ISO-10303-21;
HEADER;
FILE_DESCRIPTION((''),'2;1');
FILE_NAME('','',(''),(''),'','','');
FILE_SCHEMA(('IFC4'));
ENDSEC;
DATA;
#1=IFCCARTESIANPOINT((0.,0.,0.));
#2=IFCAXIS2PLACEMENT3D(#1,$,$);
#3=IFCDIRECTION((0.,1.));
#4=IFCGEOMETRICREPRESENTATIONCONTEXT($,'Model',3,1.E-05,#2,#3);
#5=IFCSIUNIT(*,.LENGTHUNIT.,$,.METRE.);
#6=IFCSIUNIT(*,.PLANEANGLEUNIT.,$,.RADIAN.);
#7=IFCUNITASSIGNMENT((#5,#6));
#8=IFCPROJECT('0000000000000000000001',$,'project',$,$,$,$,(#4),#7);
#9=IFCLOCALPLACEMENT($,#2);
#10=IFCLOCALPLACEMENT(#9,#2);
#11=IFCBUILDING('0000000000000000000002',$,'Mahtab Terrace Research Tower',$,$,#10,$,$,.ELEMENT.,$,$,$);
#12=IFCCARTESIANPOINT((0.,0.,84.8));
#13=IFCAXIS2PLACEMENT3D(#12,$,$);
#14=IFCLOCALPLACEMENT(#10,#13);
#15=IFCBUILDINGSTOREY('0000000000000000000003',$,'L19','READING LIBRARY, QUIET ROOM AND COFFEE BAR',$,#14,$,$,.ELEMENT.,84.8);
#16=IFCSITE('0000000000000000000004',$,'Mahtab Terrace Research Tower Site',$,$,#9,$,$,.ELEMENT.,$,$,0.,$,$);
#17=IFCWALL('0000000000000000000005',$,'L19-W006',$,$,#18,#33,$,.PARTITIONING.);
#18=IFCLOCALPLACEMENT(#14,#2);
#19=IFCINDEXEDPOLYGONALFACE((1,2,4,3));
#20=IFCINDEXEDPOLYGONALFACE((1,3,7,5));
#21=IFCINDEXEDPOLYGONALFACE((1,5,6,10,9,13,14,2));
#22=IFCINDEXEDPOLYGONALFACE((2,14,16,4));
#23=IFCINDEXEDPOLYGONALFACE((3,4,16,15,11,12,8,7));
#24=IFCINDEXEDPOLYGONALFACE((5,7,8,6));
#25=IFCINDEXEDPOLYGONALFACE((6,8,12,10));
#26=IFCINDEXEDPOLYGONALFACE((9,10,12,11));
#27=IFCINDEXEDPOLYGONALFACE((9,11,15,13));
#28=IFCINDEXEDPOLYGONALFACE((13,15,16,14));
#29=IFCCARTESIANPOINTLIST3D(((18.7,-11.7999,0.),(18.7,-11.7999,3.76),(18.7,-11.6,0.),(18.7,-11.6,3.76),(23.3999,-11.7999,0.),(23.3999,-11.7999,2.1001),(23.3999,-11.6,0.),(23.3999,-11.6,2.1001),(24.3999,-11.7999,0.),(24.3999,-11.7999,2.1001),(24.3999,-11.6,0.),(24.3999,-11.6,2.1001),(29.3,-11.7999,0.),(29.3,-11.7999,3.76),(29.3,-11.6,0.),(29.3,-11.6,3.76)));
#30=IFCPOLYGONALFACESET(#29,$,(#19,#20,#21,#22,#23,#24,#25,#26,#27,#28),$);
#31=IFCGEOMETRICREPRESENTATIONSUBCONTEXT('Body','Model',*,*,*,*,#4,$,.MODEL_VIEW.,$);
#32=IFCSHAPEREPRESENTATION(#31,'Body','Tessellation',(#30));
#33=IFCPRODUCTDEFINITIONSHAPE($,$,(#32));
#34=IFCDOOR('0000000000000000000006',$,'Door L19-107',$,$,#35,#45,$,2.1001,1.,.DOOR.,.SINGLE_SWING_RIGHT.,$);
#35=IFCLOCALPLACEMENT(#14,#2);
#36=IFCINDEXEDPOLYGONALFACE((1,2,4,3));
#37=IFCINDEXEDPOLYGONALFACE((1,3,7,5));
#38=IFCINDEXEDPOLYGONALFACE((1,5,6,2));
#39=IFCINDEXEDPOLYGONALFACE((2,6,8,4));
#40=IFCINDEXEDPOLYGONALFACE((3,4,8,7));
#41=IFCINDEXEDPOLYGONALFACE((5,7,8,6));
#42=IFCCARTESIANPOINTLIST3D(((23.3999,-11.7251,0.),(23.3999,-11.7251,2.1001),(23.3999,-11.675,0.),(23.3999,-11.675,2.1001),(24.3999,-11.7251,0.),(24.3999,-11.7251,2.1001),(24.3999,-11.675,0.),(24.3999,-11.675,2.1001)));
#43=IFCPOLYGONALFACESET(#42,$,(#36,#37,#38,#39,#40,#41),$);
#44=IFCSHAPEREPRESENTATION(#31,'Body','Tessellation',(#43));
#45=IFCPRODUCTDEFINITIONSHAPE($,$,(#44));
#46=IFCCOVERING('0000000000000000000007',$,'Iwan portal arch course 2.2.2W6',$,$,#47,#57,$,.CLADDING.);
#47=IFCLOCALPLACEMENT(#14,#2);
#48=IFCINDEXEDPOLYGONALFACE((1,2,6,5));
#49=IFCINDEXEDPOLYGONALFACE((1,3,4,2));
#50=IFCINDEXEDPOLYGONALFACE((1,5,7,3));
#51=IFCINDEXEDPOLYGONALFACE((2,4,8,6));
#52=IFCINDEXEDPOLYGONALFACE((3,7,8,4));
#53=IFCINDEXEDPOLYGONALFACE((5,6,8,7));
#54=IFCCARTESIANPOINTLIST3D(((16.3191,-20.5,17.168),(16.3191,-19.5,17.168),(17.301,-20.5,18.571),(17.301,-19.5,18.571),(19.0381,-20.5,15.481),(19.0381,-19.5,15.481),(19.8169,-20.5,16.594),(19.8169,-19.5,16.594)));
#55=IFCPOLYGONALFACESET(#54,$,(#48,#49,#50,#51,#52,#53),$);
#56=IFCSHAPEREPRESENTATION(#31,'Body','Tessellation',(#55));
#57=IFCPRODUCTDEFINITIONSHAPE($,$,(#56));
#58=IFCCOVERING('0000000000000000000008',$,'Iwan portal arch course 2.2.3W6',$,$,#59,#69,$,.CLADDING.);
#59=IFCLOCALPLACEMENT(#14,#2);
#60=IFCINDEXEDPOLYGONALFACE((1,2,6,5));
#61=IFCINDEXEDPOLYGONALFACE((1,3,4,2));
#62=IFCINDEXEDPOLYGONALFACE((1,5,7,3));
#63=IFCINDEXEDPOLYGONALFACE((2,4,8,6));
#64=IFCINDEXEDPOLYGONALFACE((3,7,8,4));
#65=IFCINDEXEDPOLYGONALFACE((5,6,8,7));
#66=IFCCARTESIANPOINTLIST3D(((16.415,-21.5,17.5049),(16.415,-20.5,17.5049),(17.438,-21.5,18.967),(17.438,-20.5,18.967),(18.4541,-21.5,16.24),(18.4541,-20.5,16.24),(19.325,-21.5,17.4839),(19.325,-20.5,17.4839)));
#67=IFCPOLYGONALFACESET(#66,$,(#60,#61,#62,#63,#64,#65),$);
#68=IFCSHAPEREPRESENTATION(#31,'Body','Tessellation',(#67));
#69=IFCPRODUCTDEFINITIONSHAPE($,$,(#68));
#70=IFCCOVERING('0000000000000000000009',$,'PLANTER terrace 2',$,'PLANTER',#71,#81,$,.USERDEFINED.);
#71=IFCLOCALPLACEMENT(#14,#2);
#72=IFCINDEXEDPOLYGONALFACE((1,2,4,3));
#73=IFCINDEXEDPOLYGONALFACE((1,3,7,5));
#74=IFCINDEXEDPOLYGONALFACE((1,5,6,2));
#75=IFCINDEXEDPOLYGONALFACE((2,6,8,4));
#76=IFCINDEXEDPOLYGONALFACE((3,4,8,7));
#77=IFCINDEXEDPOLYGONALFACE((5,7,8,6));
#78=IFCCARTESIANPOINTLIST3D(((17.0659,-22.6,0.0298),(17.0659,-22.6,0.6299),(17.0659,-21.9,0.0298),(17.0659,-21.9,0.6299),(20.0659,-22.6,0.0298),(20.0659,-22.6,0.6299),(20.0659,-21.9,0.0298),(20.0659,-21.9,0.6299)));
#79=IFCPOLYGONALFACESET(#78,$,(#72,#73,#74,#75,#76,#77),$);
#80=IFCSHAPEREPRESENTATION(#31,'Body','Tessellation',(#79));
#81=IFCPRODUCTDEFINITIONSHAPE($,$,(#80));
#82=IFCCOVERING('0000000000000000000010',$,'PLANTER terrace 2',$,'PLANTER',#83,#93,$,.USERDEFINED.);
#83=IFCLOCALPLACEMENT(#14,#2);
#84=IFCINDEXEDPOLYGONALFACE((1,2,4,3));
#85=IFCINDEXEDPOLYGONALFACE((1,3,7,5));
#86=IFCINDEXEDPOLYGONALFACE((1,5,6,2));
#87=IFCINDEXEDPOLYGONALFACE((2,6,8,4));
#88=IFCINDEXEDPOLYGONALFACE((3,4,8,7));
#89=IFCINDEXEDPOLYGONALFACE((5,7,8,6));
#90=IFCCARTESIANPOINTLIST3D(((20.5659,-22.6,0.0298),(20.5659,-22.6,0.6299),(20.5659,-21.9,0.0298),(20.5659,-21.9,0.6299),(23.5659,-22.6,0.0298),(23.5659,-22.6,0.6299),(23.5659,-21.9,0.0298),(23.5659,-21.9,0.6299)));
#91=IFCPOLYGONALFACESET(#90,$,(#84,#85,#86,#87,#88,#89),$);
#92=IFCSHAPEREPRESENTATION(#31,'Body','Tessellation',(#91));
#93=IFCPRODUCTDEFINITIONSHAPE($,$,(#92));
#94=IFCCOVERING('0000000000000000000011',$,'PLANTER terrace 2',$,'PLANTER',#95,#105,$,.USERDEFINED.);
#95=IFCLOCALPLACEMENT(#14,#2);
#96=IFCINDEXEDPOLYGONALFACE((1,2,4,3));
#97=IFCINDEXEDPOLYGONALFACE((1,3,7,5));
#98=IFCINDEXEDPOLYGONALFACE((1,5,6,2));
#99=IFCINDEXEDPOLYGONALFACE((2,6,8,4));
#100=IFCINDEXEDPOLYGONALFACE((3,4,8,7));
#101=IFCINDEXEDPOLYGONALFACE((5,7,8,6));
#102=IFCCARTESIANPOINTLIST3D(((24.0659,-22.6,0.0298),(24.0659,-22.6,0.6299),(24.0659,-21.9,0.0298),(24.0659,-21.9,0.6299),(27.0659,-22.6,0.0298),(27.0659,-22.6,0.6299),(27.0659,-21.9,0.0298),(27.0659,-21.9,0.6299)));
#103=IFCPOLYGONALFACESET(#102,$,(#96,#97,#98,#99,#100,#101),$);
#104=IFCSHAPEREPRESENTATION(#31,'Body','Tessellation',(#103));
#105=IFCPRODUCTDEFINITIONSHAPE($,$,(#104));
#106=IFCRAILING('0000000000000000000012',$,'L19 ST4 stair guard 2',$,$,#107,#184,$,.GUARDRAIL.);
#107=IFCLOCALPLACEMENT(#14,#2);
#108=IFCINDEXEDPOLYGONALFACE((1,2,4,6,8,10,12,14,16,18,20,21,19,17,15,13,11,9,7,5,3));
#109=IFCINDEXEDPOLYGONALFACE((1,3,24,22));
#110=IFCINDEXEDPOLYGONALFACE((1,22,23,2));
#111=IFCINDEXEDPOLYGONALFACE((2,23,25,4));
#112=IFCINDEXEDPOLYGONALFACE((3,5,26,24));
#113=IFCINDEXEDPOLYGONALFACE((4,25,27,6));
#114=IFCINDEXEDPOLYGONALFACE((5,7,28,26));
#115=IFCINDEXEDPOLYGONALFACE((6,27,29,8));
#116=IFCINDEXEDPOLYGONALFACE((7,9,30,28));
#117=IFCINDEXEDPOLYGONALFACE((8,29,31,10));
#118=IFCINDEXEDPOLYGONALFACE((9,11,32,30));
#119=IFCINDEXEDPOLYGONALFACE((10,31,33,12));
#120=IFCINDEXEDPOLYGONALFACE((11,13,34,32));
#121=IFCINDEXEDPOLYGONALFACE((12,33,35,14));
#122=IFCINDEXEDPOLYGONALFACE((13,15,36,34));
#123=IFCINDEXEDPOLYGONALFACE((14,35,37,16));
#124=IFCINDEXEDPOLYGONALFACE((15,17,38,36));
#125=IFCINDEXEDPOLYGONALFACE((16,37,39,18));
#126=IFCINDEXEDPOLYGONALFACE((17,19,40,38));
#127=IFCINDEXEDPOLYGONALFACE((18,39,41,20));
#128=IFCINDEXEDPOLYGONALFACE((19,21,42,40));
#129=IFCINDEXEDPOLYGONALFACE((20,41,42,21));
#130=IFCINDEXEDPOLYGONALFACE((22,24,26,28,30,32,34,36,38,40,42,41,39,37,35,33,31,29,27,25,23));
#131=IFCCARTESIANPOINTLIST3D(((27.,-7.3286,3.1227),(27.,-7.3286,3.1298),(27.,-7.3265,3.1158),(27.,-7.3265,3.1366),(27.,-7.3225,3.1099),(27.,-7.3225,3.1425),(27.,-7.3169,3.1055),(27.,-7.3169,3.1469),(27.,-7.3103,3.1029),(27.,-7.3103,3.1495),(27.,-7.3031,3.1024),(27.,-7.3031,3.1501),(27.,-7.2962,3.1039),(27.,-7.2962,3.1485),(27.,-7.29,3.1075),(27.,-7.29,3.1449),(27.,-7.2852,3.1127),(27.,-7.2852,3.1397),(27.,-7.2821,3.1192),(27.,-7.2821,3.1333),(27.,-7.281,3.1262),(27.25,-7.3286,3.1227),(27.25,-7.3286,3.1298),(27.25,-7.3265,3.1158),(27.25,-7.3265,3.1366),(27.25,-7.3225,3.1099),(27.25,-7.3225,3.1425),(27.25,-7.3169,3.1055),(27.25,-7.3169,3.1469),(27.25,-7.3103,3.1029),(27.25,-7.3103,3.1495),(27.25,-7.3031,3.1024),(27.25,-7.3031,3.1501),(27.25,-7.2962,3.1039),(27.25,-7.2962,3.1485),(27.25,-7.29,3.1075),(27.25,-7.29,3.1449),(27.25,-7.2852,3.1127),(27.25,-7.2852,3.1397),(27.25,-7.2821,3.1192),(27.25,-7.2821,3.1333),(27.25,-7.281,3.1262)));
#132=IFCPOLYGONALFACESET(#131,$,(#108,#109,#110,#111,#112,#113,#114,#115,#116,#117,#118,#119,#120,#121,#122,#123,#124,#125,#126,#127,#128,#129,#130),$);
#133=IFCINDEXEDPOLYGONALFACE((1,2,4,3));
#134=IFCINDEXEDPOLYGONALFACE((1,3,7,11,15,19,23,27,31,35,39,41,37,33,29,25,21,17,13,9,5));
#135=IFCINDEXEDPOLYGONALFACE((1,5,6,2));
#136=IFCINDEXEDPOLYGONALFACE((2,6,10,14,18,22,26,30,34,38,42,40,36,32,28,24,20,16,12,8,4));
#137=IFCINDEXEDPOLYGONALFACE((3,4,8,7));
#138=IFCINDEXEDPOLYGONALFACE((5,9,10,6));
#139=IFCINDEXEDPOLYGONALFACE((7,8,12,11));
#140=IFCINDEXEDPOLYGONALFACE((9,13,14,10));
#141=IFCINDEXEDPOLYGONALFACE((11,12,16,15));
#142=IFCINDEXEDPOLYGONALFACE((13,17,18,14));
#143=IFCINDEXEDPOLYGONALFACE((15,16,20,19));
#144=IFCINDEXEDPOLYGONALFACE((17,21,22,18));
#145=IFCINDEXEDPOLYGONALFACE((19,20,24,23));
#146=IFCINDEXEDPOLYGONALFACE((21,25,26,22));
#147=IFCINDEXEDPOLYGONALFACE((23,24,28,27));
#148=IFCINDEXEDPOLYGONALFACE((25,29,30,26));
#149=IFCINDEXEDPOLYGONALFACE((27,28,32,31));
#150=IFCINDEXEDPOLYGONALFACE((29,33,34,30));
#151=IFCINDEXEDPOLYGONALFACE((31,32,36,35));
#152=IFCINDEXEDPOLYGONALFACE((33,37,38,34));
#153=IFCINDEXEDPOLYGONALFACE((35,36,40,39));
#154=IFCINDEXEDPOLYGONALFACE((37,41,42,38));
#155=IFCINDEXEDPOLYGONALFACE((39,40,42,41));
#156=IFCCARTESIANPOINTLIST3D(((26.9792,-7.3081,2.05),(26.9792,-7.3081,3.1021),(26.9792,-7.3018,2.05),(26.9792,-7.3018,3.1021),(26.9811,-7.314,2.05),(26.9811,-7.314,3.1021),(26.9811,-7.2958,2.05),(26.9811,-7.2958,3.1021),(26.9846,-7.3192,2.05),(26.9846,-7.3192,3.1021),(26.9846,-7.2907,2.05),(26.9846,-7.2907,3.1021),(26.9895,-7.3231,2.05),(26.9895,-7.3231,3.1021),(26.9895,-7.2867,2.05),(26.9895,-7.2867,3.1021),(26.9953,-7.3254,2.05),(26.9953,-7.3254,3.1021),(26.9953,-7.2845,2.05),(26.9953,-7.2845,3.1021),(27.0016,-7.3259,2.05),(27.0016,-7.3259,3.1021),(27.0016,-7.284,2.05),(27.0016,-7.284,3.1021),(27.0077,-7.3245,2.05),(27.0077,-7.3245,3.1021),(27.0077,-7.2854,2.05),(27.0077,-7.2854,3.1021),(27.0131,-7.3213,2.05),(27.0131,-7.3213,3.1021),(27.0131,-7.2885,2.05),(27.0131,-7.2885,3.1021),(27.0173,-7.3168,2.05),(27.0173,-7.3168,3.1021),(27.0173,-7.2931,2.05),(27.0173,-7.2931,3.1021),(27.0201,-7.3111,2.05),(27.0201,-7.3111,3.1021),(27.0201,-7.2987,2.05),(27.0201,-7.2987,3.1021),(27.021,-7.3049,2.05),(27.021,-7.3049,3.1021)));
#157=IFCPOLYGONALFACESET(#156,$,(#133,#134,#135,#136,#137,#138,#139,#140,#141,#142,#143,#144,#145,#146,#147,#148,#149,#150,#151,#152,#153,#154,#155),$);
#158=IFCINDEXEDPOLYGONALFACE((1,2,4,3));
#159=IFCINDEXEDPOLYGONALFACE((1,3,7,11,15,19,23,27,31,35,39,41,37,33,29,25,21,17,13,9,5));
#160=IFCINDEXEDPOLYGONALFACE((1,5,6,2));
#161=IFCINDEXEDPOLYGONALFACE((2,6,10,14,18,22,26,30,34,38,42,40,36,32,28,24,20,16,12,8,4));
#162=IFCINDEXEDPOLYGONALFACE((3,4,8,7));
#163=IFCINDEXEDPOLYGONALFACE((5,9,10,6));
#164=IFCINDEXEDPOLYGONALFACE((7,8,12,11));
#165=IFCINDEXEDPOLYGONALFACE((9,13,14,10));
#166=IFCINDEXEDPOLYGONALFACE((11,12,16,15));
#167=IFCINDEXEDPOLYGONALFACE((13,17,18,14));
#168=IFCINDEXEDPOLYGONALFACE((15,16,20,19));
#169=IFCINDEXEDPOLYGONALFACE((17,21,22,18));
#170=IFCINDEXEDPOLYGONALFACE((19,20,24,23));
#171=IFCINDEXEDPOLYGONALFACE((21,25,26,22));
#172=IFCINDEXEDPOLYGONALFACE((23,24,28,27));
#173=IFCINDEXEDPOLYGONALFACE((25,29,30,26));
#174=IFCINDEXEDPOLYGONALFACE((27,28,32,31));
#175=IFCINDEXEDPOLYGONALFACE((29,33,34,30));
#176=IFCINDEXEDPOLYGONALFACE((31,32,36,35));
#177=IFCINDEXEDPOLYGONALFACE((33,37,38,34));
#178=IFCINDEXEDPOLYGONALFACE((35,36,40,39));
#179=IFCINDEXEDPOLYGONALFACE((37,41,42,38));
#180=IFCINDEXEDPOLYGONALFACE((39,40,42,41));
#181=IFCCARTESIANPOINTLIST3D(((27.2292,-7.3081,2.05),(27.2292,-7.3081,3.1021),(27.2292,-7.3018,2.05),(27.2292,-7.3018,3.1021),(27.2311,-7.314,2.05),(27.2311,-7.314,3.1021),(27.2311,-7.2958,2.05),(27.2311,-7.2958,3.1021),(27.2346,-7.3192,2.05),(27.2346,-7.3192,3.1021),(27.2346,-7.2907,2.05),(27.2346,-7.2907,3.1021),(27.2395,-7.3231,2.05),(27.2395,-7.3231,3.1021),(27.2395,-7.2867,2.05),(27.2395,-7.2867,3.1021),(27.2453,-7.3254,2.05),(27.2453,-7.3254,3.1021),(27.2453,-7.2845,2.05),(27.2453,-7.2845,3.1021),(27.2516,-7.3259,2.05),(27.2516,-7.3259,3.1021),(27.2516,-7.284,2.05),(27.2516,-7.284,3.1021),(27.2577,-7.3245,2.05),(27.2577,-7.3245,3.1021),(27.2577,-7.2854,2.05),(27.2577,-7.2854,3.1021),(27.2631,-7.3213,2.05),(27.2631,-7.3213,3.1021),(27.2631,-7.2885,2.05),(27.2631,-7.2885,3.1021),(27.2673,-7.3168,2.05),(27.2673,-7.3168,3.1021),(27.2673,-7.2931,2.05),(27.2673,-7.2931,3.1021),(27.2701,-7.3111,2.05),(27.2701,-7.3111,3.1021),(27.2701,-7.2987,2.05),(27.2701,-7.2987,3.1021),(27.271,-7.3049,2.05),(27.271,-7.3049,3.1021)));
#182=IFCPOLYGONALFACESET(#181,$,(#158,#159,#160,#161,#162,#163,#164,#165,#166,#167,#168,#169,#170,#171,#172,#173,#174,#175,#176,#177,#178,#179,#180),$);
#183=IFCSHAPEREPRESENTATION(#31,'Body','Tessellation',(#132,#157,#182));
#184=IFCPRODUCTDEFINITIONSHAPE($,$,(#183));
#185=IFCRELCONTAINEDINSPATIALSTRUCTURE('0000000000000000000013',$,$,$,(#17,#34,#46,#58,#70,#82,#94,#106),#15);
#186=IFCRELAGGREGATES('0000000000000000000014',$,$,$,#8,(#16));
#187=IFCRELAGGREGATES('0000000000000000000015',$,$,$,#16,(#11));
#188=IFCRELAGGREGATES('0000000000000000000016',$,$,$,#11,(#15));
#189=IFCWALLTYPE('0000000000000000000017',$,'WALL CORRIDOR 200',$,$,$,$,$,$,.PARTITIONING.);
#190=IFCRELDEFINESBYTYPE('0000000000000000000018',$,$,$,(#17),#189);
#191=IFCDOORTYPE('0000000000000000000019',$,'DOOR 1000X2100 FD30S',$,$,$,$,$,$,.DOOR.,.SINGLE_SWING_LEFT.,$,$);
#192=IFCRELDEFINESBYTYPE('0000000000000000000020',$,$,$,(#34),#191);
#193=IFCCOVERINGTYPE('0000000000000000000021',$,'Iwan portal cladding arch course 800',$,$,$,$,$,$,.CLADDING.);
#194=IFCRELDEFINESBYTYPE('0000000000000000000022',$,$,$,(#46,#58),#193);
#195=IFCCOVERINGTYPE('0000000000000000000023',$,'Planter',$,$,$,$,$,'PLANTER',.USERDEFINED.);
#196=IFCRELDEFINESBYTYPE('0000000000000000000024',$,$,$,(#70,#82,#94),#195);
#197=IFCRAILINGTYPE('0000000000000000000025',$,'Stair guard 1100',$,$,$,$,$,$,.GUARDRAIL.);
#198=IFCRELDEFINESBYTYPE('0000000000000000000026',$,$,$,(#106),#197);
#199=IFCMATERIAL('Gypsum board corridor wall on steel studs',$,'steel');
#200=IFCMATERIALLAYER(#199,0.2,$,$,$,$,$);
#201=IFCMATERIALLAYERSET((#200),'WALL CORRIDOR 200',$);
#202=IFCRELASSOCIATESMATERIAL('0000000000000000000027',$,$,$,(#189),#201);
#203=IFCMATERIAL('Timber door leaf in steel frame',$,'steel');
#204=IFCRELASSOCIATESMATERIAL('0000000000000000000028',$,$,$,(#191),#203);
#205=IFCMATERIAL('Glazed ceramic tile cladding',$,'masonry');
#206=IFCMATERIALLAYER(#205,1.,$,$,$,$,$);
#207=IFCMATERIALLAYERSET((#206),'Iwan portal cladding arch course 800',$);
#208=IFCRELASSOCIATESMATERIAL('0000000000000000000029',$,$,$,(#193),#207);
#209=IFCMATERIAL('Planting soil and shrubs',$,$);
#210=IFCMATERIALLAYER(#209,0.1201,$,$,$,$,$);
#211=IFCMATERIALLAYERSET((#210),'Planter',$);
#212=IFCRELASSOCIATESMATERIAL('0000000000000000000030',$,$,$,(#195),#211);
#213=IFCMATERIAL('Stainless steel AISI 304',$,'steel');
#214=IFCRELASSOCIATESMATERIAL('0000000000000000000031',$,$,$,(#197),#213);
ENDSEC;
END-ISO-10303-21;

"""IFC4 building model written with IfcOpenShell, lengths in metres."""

from ifc_helpers import new_model, si_unit, direction, frame, frame_2d, origin, origin_2d, place, context, subcontext, project, spatial, polyline, rectangle, circle, outline, extrude, material, layer, layer_set, type_object, element, fill, save


model = new_model("IFC4")

# Units and contexts
model_context = context("Model", 3, precision=1e-05, world=origin(), true_north=direction((0.0, 1.0)))
body_context = subcontext(model_context, "Body", "Model", "MODEL_VIEW")
ifc_project = project(units=[si_unit("LENGTHUNIT", "METRE"), si_unit("PLANEANGLEUNIT", "RADIAN")], contexts=[model_context])

# Site, building, storey
site_placement = place(None, origin())
site = spatial("IfcSite", under=ifc_project, at=site_placement, Name="Mahtab Terrace Research Tower Site", CompositionType="ELEMENT", RefElevation=0.0)
building_placement = place(site_placement, origin())
building = spatial("IfcBuilding", under=site, at=building_placement, Name="Mahtab Terrace Research Tower", CompositionType="ELEMENT")
storey_placement = place(building_placement, frame((0.0, 0.0, 84.8)))
storey = spatial("IfcBuildingStorey", under=building, at=storey_placement, Name="L19", Description="READING LIBRARY, QUIET ROOM AND COFFEE BAR", CompositionType="ELEMENT", Elevation=84.8)

# Shared definitions
ifc_material_1 = material(Name="Stainless steel AISI 304", Category="steel")

# Wall, opening, door
ifc_material_2 = material(Name="Gypsum board corridor wall on steel studs", Category="steel")
ifc_layer_1 = layer(ifc_material_2, 0.2)
ifc_layer_set_1 = layer_set([ifc_layer_1], Name="WALL CORRIDOR 200")
wall_type_1 = type_object("IfcWallType", Name="WALL CORRIDOR 200", PredefinedType="PARTITIONING", material=ifc_layer_set_1)
wall_1_placement = place(storey_placement, frame((18.7, -11.7, 0.0), z_axis=(0.0, 0.0, 1.0), x_axis=(1.0, 0.0, 0.0)))
wall_1 = element("IfcWall", 1, at=wall_1_placement, inside=storey, type_object=wall_type_1, Name="L19-W006", PredefinedType="PARTITIONING", context=body_context, shape_type="SweptSolid", body=[
    extrude(rectangle(XDim=10.6001, YDim=0.2, at=frame_2d((5.3, 0.0))), origin(), (0.0, 0.0, 1.0), 3.76),
])
opening_1_placement = place(wall_1_placement, frame((4.7, 0.0, 0.0)))
opening_1 = element("IfcOpeningElement", 2, at=opening_1_placement, cuts=wall_1, PredefinedType="OPENING", context=body_context, shape_type="SweptSolid", body=[
    extrude(rectangle(XDim=1.0, YDim=2.1001, at=frame_2d((0.5, 1.05))), frame((0.0, 0.1099, 0.0), z_axis=(0.0, -1.0, 0.0), x_axis=(1.0, 0.0, 0.0)), (0.0, 0.0, 1.0), 0.22),
])
ifc_material_3 = material(Name="Timber door leaf in steel frame", Category="steel")
door_type_1 = type_object("IfcDoorType", Name="DOOR 1000X2100 FD30S", OperationType="SINGLE_SWING_LEFT", PredefinedType="DOOR", material=ifc_material_3)
door_1_placement = place(opening_1_placement, origin())
door_1 = element("IfcDoor", 3, at=door_1_placement, inside=storey, type_object=door_type_1, Name="Door L19-107", OperationType="SINGLE_SWING_RIGHT", OverallHeight=2.1001, OverallWidth=1.0, PredefinedType="DOOR", context=body_context, shape_type="SweptSolid", body=[
    extrude(rectangle(XDim=1.0, YDim=2.1001, at=frame_2d((0.5, 1.05))), frame((0.0, 0.0249, 0.0), z_axis=(0.0, -1.0, 0.0), x_axis=(1.0, 0.0, 0.0)), (0.0, 0.0, 1.0), 0.05),
])
fill(opening_1, door_1)

# Coverings
ifc_material_4 = material(Name="Glazed ceramic tile cladding", Category="masonry")
ifc_layer_2 = layer(ifc_material_4, 1.0)
ifc_layer_set_2 = layer_set([ifc_layer_2], Name="Iwan portal cladding arch course 800")
covering_type_1 = type_object("IfcCoveringType", Name="Iwan portal cladding arch course 800", PredefinedType="CLADDING", material=ifc_layer_set_2)
covering_1_placement = place(storey_placement, frame((16.3191, -19.5, 17.168), z_axis=(0.0, 1.0, 0.0), x_axis=(0.573376, 0.0, 0.819292)))
element("IfcCovering", 4, at=covering_1_placement, inside=storey, type_object=covering_type_1, Name="Iwan portal arch course 2.2.2W6", PredefinedType="CLADDING", context=body_context, shape_type="SweptSolid", body=[
    extrude(outline(polyline([(0.0, 0.0), (1.7125, 0.0), (1.5353, 3.1948), (0.1769, 3.1949), (0.0, 0.0)])), origin(), (0.0, 0.0, -1.0), 1.0),
])
covering_2_placement = place(storey_placement, frame((16.415, -20.5, 17.5049), z_axis=(0.0, 1.0, 0.0), x_axis=(0.573251, 0.0, 0.81938)))
element("IfcCovering", 5, at=covering_2_placement, inside=storey, type_object=covering_type_1, Name="Iwan portal arch course 2.2.3W6", PredefinedType="CLADDING", context=body_context, shape_type="SweptSolid", body=[
    extrude(outline(polyline([(0.0, 0.0), (1.7845, 0.0), (1.6509, 2.3964), (0.1325, 2.3959), (0.0, 0.0)])), origin(), (0.0, 0.0, -1.0), 1.0),
])
ifc_material_5 = material(Name="Planting soil and shrubs")
ifc_layer_3 = layer(ifc_material_5, 0.1201)
ifc_layer_set_3 = layer_set([ifc_layer_3], Name="Planter")
covering_type_2 = type_object("IfcCoveringType", Name="Planter", ElementType="PLANTER", PredefinedType="USERDEFINED", material=ifc_layer_set_3)
for number, where, z_axis, x_axis, name in (
    (6, (18.5659, -22.25, 0.0298), (0.0, 0.0, 1.0), (1.0, 0.0, 0.0), "PLANTER terrace 2"),
    (7, (22.0659, -22.25, 0.0298), (0.0, 0.0, 1.0), (1.0, 0.0, 0.0), "PLANTER terrace 2"),
    (8, (25.5659, -22.25, 0.0298), (0.0, 0.0, 1.0), (1.0, 0.0, 0.0), "PLANTER terrace 2"),
):
    element("IfcCovering", number, at=place(storey_placement, frame(where, z_axis=z_axis, x_axis=x_axis)), inside=storey, type_object=covering_type_2, Name=name, ObjectType="PLANTER", PredefinedType="USERDEFINED", context=body_context, shape_type="SweptSolid", body=[
        extrude(rectangle(XDim=3.0, YDim=0.7, at=origin_2d()), origin(), (0.0, 0.0, 1.0), 0.6001),
    ])

# Railing
railing_type = type_object("IfcRailingType", Name="Stair guard 1100", PredefinedType="GUARDRAIL", material=ifc_material_1)
railing_1_placement = place(storey_placement, frame((27.0, -7.3049, 2.05)))
element("IfcRailing", 9, at=railing_1_placement, inside=storey, type_object=railing_type, Name="L19 ST4 stair guard 2", PredefinedType="GUARDRAIL", context=body_context, shape_type="SweptSolid", body=[
    extrude(circle(Radius=0.0239, at=origin_2d()), frame((0.0, 0.0, 1.0762), z_axis=(1.0, 0.0, 0.0), x_axis=(0.0, 1.0, 0.0)), (0.0, 0.0, 1.0), 0.25),
    extrude(circle(Radius=0.021, at=origin_2d()), origin(), (0.0, 0.0, 1.0), 1.052),
    extrude(circle(Radius=0.021, at=origin_2d()), frame((0.25, 0.0, 0.0)), (0.0, 0.0, 1.0), 1.052),
])

save(model, "model.ifc")
